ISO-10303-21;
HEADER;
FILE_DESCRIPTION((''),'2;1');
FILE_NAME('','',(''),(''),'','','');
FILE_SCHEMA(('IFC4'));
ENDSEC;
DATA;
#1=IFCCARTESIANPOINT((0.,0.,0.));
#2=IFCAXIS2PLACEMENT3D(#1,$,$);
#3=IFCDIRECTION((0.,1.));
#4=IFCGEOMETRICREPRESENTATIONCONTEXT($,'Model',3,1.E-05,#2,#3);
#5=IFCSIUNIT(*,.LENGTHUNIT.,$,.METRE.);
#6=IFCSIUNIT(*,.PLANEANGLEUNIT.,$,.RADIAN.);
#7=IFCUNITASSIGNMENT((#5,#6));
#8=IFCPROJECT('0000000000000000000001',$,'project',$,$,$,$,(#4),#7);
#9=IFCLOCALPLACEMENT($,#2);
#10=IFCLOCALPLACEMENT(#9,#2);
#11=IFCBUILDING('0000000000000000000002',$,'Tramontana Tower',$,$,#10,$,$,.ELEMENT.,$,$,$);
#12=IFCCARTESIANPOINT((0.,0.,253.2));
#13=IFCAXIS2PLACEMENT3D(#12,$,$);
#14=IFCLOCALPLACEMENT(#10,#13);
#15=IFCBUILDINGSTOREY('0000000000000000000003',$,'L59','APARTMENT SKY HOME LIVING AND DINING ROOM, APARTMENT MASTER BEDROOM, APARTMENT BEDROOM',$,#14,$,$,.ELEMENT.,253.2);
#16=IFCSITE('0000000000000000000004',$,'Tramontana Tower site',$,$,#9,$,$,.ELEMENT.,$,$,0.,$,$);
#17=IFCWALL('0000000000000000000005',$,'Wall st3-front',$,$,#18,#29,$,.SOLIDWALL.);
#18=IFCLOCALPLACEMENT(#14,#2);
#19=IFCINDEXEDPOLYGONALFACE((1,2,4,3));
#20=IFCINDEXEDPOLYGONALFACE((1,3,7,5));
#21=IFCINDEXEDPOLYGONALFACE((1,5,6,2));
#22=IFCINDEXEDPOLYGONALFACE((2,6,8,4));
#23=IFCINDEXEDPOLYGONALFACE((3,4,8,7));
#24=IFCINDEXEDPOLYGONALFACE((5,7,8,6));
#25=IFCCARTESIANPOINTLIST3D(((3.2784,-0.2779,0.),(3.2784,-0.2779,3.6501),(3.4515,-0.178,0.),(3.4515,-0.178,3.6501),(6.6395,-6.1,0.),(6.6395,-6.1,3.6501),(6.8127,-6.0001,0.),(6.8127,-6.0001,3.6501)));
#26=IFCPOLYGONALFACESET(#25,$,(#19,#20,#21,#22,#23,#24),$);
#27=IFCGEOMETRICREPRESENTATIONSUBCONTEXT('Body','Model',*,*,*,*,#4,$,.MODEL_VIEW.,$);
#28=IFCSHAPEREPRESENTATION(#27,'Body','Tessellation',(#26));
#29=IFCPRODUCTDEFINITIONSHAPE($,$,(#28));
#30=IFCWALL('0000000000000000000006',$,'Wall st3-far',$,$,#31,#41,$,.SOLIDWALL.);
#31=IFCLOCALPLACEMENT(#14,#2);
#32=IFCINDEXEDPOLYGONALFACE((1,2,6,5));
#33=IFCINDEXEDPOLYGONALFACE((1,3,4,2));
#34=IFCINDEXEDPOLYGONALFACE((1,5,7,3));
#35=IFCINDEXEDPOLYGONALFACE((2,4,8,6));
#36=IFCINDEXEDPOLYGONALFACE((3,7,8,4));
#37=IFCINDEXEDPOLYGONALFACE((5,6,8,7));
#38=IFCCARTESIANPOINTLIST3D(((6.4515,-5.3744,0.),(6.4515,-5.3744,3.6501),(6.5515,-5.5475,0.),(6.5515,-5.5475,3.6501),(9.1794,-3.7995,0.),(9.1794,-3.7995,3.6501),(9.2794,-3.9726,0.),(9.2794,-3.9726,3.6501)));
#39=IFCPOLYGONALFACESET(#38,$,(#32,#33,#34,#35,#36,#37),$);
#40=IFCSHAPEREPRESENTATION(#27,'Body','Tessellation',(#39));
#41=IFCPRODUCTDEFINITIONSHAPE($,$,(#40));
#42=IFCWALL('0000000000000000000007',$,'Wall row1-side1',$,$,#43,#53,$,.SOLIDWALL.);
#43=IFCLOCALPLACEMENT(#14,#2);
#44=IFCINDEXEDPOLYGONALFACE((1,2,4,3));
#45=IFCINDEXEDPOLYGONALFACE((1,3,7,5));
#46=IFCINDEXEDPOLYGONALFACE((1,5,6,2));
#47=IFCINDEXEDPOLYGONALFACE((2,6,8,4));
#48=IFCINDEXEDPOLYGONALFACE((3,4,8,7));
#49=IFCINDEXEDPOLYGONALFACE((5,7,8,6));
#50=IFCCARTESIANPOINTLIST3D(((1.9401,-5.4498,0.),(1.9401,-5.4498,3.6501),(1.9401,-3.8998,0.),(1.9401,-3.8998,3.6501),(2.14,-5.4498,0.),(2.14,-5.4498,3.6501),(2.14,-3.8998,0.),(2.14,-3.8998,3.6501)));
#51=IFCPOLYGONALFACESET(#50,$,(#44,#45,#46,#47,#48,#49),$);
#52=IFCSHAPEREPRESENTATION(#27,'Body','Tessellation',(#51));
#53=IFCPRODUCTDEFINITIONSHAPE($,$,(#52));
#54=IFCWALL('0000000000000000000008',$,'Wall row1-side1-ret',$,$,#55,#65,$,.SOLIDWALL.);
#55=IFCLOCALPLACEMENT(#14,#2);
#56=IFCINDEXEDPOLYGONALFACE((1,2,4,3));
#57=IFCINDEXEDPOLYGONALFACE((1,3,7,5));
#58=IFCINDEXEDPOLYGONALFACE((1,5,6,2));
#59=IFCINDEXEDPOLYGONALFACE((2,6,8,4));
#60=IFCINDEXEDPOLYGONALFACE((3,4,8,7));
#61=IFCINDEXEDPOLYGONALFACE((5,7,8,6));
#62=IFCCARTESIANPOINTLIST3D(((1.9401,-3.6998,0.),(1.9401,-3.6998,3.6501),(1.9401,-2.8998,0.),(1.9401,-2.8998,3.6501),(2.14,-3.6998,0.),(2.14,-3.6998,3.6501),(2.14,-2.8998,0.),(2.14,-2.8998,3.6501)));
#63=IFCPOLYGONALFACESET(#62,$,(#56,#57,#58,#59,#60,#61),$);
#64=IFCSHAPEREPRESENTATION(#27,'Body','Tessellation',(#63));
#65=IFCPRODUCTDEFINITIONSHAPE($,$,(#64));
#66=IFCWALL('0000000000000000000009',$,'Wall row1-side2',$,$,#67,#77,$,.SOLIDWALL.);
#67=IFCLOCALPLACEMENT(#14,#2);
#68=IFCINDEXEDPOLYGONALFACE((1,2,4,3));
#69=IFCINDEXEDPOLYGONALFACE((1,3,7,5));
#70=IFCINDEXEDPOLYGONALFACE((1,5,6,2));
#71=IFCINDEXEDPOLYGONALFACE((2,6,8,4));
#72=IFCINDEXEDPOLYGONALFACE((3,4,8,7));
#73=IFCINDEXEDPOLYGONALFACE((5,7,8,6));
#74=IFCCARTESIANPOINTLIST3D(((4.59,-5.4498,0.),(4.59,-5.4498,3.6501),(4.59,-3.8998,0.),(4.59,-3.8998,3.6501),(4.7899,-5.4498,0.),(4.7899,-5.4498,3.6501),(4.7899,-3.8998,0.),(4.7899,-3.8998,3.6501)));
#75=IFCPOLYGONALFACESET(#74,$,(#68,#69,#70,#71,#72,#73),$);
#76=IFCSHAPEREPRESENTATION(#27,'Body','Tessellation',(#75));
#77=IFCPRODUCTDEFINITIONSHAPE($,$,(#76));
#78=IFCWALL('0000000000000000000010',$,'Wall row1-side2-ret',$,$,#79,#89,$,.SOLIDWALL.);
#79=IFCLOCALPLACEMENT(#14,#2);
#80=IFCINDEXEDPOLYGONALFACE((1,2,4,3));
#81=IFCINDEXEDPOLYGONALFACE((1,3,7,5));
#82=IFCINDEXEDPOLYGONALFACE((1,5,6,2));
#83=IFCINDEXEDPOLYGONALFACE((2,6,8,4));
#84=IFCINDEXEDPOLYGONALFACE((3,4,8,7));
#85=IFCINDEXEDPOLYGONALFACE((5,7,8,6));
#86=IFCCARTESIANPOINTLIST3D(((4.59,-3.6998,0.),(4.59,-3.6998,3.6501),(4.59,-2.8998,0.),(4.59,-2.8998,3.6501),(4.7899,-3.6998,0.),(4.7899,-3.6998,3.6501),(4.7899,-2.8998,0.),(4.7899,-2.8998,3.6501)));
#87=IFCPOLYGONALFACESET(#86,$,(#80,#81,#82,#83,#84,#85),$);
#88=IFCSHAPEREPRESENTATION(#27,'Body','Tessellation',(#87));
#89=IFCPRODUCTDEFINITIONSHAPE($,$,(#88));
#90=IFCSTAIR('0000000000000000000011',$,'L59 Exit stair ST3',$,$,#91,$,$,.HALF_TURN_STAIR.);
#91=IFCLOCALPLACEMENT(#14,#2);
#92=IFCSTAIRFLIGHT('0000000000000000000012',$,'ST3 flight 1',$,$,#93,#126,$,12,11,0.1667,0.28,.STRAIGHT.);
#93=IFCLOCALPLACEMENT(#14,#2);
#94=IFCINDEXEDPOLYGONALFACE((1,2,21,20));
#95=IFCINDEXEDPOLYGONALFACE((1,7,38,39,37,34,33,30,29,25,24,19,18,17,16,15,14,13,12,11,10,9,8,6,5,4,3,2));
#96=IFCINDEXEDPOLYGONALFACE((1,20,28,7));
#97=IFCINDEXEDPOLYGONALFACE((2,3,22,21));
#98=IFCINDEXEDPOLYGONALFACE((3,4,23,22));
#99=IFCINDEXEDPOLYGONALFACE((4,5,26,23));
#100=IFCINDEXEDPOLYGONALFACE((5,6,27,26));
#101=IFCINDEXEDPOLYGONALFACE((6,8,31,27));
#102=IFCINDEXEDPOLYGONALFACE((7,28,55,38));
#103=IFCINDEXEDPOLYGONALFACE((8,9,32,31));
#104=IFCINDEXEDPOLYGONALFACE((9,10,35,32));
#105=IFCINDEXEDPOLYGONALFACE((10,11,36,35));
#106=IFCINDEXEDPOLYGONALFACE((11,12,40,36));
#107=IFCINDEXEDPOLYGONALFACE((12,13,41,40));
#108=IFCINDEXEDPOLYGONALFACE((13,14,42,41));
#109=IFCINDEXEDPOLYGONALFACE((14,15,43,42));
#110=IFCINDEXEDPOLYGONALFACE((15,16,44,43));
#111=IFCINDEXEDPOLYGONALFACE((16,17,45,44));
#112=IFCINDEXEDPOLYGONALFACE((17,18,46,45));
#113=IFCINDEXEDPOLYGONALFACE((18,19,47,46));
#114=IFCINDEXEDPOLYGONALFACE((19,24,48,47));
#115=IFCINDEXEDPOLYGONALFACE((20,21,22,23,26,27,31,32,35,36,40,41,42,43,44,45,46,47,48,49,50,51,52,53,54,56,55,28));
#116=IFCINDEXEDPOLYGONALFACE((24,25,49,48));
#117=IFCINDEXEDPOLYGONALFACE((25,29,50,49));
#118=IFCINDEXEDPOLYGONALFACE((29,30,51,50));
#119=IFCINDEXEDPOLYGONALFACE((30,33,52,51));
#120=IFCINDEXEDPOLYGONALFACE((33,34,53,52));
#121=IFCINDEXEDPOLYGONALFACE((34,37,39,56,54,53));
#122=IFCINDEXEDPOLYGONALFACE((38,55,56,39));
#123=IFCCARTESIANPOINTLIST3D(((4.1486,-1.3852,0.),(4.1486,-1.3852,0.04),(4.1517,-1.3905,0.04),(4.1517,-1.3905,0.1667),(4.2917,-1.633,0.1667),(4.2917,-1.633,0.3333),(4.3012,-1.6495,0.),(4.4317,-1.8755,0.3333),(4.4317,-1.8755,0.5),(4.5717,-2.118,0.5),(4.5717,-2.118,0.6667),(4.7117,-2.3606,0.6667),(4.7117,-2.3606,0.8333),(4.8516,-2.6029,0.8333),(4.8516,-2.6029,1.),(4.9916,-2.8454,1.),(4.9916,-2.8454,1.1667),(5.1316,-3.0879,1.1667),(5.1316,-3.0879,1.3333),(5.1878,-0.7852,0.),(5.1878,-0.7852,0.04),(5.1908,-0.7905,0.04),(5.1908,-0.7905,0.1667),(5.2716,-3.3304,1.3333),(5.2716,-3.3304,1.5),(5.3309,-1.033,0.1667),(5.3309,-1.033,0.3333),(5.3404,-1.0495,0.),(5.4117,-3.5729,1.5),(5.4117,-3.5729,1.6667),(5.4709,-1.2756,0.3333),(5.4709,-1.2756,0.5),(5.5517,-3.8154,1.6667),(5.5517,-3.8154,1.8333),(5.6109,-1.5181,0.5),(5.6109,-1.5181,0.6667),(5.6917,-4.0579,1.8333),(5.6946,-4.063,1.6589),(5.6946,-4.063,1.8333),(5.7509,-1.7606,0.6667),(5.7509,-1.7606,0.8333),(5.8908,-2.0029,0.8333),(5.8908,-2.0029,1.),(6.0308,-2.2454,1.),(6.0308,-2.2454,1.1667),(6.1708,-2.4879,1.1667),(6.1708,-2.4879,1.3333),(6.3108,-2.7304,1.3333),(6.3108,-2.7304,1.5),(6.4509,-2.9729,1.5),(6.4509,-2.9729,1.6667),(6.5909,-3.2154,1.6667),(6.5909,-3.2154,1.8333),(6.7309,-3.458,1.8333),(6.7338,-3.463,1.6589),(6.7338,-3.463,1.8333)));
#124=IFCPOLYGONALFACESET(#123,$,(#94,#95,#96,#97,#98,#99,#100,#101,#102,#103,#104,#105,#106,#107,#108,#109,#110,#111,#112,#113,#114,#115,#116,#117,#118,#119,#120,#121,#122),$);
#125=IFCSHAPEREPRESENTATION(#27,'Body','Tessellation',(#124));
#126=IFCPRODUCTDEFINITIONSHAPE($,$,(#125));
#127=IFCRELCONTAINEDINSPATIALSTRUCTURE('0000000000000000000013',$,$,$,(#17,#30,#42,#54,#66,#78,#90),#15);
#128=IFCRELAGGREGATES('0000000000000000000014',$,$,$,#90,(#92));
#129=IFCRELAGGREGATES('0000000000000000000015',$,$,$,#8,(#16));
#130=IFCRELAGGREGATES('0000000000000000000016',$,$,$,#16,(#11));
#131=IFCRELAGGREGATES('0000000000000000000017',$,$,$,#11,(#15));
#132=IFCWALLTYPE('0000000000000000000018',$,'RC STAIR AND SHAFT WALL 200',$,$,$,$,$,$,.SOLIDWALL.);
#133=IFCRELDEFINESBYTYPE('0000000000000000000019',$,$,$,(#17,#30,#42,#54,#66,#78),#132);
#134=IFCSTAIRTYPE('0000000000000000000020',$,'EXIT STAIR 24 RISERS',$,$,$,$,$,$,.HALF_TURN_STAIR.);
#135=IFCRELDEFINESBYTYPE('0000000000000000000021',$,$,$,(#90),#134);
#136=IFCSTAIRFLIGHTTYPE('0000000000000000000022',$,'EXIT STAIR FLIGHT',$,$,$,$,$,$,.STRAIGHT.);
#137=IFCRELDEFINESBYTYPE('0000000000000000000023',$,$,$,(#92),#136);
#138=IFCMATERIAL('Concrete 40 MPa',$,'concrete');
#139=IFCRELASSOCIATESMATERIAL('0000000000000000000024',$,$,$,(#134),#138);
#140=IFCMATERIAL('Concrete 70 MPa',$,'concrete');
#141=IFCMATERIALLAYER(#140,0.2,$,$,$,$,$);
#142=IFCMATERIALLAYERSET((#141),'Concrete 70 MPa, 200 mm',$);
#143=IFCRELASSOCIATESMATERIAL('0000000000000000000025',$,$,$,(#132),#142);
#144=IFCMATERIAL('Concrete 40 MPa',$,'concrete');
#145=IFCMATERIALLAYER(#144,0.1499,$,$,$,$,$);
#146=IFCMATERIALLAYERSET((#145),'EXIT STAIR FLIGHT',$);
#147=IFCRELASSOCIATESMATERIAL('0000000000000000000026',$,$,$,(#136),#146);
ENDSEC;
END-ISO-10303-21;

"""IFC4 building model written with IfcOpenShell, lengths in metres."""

from ifc_helpers import new_model, si_unit, direction, frame, frame_2d, origin, place, context, subcontext, project, spatial, polyline, rectangle, outline, extrude, material, layer, layer_set, type_object, element, aggregate, save


model = new_model("IFC4")

# Units and contexts
model_context = context("Model", 3, precision=1e-05, world=origin(), true_north=direction((0.0, 1.0)))
body_context = subcontext(model_context, "Body", "Model", "MODEL_VIEW")
ifc_project = project(units=[si_unit("LENGTHUNIT", "METRE"), si_unit("PLANEANGLEUNIT", "RADIAN")], contexts=[model_context])

# Site, building, storey
site_placement = place(None, origin())
site = spatial("IfcSite", under=ifc_project, at=site_placement, Name="Tramontana Tower site", CompositionType="ELEMENT", RefElevation=0.0)
building_placement = place(site_placement, origin())
building = spatial("IfcBuilding", under=site, at=building_placement, Name="Tramontana Tower", CompositionType="ELEMENT")
storey_placement = place(building_placement, frame((0.0, 0.0, 253.2)))
storey = spatial("IfcBuildingStorey", under=building, at=storey_placement, Name="L59", Description="APARTMENT SKY HOME LIVING AND DINING ROOM, APARTMENT MASTER BEDROOM, APARTMENT BEDROOM", CompositionType="ELEMENT", Elevation=253.2)

# Shared definitions
ifc_material_1 = material(Name="Concrete 40 MPa", Category="concrete")
stair_type = type_object("IfcStairType", Name="EXIT STAIR 24 RISERS", PredefinedType="HALF_TURN_STAIR", material=ifc_material_1)

# Walls
ifc_material_2 = material(Name="Concrete 70 MPa", Category="concrete")
ifc_layer_1 = layer(ifc_material_2, 0.2)
ifc_layer_set_1 = layer_set([ifc_layer_1], Name="Concrete 70 MPa, 200 mm")
wall_type_1 = type_object("IfcWallType", Name="RC STAIR AND SHAFT WALL 200", PredefinedType="SOLIDWALL", material=ifc_layer_set_1)
wall_1_placement = place(storey_placement, frame((6.7261, -6.05, 0.0), z_axis=(0.0, 0.0, 1.0), x_axis=(-0.499971, 0.866042, 0.0)))
element("IfcWall", 1, at=wall_1_placement, inside=storey, type_object=wall_type_1, Name="Wall st3-front", PredefinedType="SOLIDWALL", context=body_context, shape_type="SweptSolid", body=[
    extrude(rectangle(XDim=6.7227, YDim=0.2, at=frame_2d((3.3613, 0.0))), origin(), (0.0, 0.0, 1.0), 3.6501),
])
wall_2_placement = place(storey_placement, frame((6.5015, -5.4609, 0.0), z_axis=(0.0, 0.0, 1.0), x_axis=(0.866036, 0.499982, 0.0)))
element("IfcWall", 2, at=wall_2_placement, inside=storey, type_object=wall_type_1, Name="Wall st3-far", PredefinedType="SOLIDWALL", context=body_context, shape_type="SweptSolid", body=[
    extrude(rectangle(XDim=3.1499, YDim=0.2, at=frame_2d((1.575, 0.0))), origin(), (0.0, 0.0, 1.0), 3.6501),
])

# Walls
wall_3_placement = place(storey_placement, frame((2.04, -3.8999, 0.0), z_axis=(0.0, 0.0, 1.0), x_axis=(0.0, -1.0, 0.0)))
element("IfcWall", 3, at=wall_3_placement, inside=storey, type_object=wall_type_1, Name="Wall row1-side1", PredefinedType="SOLIDWALL", context=body_context, shape_type="SweptSolid", body=[
    extrude(rectangle(XDim=1.55, YDim=0.2, at=frame_2d((0.7749, 0.0))), origin(), (0.0, 0.0, 1.0), 3.6501),
])
wall_4_placement = place(storey_placement, frame((2.04, -2.8999, 0.0), z_axis=(0.0, 0.0, 1.0), x_axis=(0.0, -1.0, 0.0)))
element("IfcWall", 4, at=wall_4_placement, inside=storey, type_object=wall_type_1, Name="Wall row1-side1-ret", PredefinedType="SOLIDWALL", context=body_context, shape_type="SweptSolid", body=[
    extrude(rectangle(XDim=0.8, YDim=0.2, at=frame_2d((0.3999, 0.0))), origin(), (0.0, 0.0, 1.0), 3.6501),
])
wall_5_placement = place(storey_placement, frame((4.6899, -3.8999, 0.0), z_axis=(0.0, 0.0, 1.0), x_axis=(0.0, -1.0, 0.0)))
element("IfcWall", 5, at=wall_5_placement, inside=storey, type_object=wall_type_1, Name="Wall row1-side2", PredefinedType="SOLIDWALL", context=body_context, shape_type="SweptSolid", body=[
    extrude(rectangle(XDim=1.55, YDim=0.2, at=frame_2d((0.7749, 0.0))), origin(), (0.0, 0.0, 1.0), 3.6501),
])
wall_6_placement = place(storey_placement, frame((4.6899, -2.8999, 0.0), z_axis=(0.0, 0.0, 1.0), x_axis=(0.0, -1.0, 0.0)))
element("IfcWall", 6, at=wall_6_placement, inside=storey, type_object=wall_type_1, Name="Wall row1-side2-ret", PredefinedType="SOLIDWALL", context=body_context, shape_type="SweptSolid", body=[
    extrude(rectangle(XDim=0.8, YDim=0.2, at=frame_2d((0.3999, 0.0))), origin(), (0.0, 0.0, 1.0), 3.6501),
])

# Stair, stair flight
stair_1_placement = place(storey_placement, origin())
stair_1 = element("IfcStair", 7, at=stair_1_placement, inside=storey, type_object=stair_type, Name="L59 Exit stair ST3", PredefinedType="HALF_TURN_STAIR")
ifc_material_3 = material(Name="Concrete 40 MPa", Category="concrete")
ifc_layer_2 = layer(ifc_material_3, 0.1499)
ifc_layer_set_2 = layer_set([ifc_layer_2], Name="EXIT STAIR FLIGHT")
stair_flight_type = type_object("IfcStairFlightType", Name="EXIT STAIR FLIGHT", PredefinedType="STRAIGHT", material=ifc_layer_set_2)
stair_flight_placement = place(storey_placement, frame((4.6711, -1.0906, 0.0), z_axis=(0.0, 0.0, 1.0), x_axis=(0.5, -0.866025, 0.0)))
stair_flight = element("IfcStairFlight", 8, at=stair_flight_placement, type_object=stair_flight_type, Name="ST3 flight 1", NumberOfRisers=12, NumberOfTreads=11, PredefinedType="STRAIGHT", RiserHeight=0.1667, TreadLength=0.28, context=body_context, shape_type="SweptSolid", body=[
    extrude(outline(polyline([(-0.0061, 0.0), (-0.0061, 0.04), (0.0, 0.04), (0.0, 0.1667), (0.28, 0.1667), (0.28, 0.3333), (0.5601, 0.3333), (0.5601, 0.5), (0.8401, 0.5), (0.8401, 0.6667), (1.1201, 0.6667), (1.1201, 0.8333), (1.3999, 0.8333), (1.3999, 1.0), (1.6799, 1.0), (1.6799, 1.1667), (1.96, 1.1667), (1.96, 1.3333), (2.24, 1.3333), (2.24, 1.5), (2.52, 1.5), (2.52, 1.6667), (2.8, 1.6667), (2.8, 1.8333), (3.0801, 1.8333), (3.0859, 1.8333), (3.0859, 1.6589), (0.2991, 0.0), (-0.0061, 0.0)])), frame((0.0, 0.6001, 0.0), z_axis=(0.0, -1.0, 0.0), x_axis=(1.0, 0.0, 0.0)), (0.0, 0.0, 1.0), 1.2),
])
aggregate(stair_1, [stair_flight])

save(model, "model.ifc")
